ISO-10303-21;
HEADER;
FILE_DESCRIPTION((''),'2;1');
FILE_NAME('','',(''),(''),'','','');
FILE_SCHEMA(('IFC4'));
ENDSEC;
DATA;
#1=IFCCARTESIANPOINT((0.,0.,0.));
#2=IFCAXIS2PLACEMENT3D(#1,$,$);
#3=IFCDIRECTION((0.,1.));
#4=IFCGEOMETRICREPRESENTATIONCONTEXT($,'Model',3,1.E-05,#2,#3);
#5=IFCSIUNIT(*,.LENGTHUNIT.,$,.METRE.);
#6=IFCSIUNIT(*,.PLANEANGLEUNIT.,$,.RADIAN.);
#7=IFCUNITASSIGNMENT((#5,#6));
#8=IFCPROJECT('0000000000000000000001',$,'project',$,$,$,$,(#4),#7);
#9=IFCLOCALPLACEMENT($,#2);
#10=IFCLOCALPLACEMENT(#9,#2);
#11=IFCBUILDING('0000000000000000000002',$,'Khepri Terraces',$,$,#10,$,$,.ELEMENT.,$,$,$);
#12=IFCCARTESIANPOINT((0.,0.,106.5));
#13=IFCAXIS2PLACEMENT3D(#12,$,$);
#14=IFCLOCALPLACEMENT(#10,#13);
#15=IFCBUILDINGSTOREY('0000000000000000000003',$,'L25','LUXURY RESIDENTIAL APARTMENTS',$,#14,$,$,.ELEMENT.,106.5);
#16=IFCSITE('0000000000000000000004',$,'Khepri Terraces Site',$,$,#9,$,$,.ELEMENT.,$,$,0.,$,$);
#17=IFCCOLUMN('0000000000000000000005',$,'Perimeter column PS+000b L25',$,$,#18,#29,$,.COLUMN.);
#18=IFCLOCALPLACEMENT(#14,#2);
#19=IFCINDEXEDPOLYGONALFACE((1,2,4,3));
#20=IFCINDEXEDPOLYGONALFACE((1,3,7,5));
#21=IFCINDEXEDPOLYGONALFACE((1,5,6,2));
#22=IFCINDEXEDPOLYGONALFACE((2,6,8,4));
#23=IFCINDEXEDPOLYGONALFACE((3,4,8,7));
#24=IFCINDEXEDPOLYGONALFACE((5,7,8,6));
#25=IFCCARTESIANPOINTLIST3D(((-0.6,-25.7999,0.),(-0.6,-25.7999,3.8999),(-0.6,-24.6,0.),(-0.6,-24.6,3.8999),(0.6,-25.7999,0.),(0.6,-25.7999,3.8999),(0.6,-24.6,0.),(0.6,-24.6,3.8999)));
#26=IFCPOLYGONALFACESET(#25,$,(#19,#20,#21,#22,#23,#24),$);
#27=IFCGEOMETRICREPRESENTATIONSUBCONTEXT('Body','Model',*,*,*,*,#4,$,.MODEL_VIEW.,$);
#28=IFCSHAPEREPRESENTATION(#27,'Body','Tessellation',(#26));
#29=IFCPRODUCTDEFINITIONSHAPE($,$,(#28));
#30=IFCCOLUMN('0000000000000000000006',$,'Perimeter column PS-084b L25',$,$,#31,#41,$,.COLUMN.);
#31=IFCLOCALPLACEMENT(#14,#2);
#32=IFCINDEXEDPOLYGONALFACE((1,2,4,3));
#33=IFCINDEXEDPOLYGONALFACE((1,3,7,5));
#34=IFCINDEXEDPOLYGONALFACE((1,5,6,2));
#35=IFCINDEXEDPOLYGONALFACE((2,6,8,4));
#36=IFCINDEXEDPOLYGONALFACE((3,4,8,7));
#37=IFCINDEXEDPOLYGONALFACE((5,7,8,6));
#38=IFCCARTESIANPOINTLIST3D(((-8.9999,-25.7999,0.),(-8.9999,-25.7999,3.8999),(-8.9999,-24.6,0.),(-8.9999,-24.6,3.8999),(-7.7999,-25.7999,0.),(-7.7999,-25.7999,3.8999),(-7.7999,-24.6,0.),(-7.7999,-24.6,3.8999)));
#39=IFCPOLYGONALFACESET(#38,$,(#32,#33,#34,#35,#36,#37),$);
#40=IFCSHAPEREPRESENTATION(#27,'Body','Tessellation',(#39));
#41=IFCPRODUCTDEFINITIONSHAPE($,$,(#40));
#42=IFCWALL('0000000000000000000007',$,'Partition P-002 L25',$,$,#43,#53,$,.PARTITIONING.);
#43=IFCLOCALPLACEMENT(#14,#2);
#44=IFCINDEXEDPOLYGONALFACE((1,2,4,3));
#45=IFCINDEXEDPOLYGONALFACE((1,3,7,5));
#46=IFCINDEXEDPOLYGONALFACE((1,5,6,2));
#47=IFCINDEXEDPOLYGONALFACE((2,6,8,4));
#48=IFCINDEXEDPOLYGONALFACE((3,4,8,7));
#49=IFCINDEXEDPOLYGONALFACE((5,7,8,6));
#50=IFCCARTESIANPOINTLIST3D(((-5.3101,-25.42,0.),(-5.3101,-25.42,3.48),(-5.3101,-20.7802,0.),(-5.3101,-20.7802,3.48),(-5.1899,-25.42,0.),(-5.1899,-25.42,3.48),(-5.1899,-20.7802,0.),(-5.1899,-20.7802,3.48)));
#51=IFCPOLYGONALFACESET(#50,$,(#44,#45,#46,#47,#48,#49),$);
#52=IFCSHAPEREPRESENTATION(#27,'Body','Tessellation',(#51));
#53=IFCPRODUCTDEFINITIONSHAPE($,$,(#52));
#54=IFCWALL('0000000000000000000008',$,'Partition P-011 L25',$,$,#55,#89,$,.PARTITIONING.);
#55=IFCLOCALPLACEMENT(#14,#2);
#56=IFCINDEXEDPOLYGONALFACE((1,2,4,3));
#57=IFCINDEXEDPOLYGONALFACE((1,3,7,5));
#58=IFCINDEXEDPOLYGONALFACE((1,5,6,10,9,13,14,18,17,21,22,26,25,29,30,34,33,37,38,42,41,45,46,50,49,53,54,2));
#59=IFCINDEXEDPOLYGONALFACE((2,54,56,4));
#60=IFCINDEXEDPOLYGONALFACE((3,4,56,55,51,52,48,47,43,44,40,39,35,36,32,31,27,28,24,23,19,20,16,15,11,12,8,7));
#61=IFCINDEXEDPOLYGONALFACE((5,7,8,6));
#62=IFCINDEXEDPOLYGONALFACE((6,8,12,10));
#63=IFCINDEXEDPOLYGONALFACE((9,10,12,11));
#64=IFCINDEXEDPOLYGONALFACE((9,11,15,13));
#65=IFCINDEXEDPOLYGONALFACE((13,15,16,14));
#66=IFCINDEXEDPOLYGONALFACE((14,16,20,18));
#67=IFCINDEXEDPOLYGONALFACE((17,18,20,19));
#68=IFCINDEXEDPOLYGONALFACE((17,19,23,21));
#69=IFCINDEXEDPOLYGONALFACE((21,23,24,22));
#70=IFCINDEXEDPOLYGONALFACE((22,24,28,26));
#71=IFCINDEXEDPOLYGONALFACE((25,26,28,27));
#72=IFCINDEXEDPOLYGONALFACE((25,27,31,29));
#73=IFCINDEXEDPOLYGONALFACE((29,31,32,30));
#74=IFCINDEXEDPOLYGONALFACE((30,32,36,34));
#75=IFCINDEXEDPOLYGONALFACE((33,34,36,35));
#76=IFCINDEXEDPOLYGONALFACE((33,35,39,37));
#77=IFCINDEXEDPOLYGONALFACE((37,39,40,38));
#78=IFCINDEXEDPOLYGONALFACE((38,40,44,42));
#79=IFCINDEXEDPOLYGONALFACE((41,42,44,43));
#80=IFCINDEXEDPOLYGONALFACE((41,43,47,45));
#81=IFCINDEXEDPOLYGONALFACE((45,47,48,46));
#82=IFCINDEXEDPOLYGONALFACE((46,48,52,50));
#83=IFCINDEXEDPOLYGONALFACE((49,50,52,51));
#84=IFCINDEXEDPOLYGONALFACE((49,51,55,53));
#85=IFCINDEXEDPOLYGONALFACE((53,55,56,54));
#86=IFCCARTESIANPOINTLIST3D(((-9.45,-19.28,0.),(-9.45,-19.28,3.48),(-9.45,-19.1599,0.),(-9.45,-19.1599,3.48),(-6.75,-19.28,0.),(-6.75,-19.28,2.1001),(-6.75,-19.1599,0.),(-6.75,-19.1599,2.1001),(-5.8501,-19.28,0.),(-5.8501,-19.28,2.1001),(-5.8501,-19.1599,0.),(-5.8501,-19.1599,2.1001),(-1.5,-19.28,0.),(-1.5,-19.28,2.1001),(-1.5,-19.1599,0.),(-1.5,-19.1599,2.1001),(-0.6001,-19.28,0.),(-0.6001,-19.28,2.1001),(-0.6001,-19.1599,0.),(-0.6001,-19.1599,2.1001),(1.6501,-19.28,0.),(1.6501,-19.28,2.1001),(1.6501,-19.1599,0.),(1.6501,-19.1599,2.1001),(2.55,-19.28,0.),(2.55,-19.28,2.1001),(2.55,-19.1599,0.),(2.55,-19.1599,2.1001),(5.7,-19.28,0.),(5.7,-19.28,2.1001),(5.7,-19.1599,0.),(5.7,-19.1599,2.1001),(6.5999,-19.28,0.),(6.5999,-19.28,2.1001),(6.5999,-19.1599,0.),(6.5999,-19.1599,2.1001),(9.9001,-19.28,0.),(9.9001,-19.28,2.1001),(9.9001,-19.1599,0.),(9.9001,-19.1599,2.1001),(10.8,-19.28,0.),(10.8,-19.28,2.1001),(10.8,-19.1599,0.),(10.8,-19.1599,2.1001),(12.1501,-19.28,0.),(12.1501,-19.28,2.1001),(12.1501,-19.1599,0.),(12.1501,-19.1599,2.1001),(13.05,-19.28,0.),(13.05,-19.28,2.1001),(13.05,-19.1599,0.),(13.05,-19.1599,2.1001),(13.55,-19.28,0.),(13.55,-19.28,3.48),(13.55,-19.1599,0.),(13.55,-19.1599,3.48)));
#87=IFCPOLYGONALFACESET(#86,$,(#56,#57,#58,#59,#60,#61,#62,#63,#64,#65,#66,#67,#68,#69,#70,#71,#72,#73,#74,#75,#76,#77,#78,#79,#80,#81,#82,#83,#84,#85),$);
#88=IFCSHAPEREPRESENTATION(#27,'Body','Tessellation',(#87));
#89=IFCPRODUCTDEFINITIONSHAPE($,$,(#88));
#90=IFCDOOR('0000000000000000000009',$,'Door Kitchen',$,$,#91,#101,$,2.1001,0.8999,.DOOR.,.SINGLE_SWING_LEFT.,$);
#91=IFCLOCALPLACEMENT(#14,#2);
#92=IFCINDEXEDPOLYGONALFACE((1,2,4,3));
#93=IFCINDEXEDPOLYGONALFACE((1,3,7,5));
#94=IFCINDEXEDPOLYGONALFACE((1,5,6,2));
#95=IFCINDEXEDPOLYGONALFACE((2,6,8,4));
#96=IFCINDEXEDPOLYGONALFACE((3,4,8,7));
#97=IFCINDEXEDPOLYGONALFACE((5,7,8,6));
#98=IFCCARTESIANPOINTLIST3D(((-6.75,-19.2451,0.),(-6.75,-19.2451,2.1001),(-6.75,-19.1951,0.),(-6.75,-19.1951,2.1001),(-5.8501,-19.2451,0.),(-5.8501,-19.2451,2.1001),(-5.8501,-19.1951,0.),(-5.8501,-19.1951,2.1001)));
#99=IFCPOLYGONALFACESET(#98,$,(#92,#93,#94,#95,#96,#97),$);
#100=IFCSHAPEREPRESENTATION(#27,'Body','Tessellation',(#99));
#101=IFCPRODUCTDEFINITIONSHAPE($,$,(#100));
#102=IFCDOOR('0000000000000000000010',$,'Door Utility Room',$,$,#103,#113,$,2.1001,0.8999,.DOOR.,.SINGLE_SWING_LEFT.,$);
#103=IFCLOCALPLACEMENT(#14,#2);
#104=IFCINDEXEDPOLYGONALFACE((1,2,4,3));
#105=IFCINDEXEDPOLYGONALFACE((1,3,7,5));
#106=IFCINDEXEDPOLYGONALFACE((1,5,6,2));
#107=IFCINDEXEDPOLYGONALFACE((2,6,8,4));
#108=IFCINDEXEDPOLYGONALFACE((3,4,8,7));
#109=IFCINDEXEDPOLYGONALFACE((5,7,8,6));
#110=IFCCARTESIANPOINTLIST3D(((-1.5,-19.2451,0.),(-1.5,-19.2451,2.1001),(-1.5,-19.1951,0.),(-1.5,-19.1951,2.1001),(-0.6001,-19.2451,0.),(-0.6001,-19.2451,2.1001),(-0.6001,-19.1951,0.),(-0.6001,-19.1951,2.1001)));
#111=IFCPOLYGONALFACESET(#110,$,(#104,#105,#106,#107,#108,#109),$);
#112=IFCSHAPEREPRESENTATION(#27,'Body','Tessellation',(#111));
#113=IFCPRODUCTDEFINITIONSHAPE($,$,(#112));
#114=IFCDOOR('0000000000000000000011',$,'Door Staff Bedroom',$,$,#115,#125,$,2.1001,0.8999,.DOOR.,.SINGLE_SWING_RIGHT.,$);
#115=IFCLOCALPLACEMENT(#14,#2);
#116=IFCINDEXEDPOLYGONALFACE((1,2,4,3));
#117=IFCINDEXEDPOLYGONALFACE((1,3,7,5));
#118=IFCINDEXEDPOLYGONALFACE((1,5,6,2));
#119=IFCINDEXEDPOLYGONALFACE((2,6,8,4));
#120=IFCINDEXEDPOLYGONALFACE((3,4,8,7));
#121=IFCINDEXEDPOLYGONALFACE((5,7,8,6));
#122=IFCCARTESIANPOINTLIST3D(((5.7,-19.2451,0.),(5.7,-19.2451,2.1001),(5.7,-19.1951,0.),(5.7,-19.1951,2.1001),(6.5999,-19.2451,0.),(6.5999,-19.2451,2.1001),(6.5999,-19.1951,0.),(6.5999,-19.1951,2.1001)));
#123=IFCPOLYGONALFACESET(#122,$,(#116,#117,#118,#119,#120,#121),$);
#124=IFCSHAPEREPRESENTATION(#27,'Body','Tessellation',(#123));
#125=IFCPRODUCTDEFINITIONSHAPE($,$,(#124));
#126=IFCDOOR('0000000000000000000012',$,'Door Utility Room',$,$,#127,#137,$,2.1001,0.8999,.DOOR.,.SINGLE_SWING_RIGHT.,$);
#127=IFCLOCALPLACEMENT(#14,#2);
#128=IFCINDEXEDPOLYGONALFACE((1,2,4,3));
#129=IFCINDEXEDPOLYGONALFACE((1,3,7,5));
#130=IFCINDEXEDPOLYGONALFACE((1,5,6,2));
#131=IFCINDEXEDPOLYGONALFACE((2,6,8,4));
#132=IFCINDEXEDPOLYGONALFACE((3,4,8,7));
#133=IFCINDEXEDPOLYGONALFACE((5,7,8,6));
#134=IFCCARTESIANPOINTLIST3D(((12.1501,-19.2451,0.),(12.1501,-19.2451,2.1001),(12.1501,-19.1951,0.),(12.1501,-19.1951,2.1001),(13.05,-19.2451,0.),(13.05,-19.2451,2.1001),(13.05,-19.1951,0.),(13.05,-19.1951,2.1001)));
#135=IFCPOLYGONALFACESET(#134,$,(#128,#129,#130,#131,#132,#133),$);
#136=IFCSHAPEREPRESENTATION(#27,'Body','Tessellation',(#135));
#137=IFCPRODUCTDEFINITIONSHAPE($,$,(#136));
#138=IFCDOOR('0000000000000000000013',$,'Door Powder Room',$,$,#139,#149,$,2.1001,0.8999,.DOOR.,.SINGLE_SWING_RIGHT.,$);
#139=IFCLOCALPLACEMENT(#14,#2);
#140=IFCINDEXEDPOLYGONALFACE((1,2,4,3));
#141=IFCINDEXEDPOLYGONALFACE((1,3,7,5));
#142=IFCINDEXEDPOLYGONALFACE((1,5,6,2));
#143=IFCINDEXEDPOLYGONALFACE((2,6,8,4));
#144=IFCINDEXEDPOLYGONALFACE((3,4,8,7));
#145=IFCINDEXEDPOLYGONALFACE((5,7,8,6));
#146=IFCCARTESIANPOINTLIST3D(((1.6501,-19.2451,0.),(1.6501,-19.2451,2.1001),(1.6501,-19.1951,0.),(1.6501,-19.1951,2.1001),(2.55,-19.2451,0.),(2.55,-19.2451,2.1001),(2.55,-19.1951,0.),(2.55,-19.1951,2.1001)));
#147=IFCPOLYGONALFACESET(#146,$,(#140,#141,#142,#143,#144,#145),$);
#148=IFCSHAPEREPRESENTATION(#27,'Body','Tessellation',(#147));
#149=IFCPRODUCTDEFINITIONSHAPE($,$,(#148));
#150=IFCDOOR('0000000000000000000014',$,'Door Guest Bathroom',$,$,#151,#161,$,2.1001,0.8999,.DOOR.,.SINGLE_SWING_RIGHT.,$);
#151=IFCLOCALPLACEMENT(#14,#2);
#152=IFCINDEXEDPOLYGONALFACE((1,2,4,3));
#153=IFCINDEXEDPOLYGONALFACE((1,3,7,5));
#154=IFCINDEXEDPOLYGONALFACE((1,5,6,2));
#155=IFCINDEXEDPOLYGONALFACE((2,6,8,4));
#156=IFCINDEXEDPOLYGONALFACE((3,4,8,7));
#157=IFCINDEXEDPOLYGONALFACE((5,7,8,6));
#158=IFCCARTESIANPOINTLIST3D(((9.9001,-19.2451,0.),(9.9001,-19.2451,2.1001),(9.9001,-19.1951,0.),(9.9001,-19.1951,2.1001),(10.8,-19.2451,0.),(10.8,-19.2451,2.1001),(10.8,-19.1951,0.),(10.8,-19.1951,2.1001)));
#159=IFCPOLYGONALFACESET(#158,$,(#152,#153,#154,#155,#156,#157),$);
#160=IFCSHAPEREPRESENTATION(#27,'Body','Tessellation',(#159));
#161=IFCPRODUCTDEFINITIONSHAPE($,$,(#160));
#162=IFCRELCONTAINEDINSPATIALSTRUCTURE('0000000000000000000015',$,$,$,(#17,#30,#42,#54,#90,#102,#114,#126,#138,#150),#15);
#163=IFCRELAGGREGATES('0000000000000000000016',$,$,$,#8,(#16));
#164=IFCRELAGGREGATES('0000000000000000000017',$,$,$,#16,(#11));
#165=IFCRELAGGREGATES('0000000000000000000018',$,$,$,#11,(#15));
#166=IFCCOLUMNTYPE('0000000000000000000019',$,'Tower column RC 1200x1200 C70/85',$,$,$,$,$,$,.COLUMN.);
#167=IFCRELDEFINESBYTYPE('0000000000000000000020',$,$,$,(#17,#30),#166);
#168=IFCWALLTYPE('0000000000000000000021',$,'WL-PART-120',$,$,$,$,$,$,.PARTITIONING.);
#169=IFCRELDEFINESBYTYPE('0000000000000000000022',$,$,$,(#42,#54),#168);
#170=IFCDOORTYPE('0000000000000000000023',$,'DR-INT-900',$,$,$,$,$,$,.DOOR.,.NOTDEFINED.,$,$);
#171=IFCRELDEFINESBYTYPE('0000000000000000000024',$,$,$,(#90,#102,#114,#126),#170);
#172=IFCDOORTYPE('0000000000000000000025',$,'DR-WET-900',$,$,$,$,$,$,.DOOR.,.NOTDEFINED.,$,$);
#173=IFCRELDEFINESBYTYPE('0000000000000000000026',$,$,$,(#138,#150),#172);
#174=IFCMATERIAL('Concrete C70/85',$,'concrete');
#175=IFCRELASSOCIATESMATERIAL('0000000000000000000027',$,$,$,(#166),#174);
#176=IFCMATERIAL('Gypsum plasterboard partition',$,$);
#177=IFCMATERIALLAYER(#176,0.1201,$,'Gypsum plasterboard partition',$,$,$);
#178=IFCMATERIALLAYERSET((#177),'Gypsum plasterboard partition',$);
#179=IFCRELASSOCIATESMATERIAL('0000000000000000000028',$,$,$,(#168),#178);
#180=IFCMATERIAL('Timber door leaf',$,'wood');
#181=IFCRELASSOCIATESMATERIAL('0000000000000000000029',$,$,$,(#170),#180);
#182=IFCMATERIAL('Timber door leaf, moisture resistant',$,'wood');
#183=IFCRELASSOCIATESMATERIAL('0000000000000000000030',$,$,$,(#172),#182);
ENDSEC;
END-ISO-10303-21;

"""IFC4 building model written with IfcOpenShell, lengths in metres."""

from ifc_helpers import new_model, si_unit, direction, frame, frame_2d, origin, origin_2d, place, context, subcontext, project, spatial, rectangle, extrude, material, layer, layer_set, material_profile, profile_set, type_object, element, fill, save


model = new_model("IFC4")

# Units and contexts
model_context = context("Model", 3, precision=1e-05, world=origin(), true_north=direction((0.0, 1.0)))
body_context = subcontext(model_context, "Body", "Model", "MODEL_VIEW")
ifc_project = project(units=[si_unit("LENGTHUNIT", "METRE"), si_unit("PLANEANGLEUNIT", "RADIAN")], contexts=[model_context])

# Site, building, storey
site_placement = place(None, origin())
site = spatial("IfcSite", under=ifc_project, at=site_placement, Name="Khepri Terraces Site", CompositionType="ELEMENT", RefElevation=0.0)
building_placement = place(site_placement, origin())
building = spatial("IfcBuilding", under=site, at=building_placement, Name="Khepri Terraces", CompositionType="ELEMENT")
storey_placement = place(building_placement, frame((0.0, 0.0, 106.5)))
storey = spatial("IfcBuildingStorey", under=building, at=storey_placement, Name="L25", Description="LUXURY RESIDENTIAL APARTMENTS", CompositionType="ELEMENT", Elevation=106.5)

# Columns
ifc_material_1 = material(Name="Concrete C70/85", Category="concrete")
ifc_material_profile = material_profile(ifc_material_1, rectangle(XDim=1.2, YDim=1.2, at=origin_2d()), Name="Concrete C70/85", Category="concrete")
ifc_profile_set = profile_set([ifc_material_profile], Name="Concrete C70/85")
column_type = type_object("IfcColumnType", Name="Tower column RC 1200x1200 C70/85", PredefinedType="COLUMN", material=ifc_profile_set)
for number, where, z_axis, x_axis, name in (
    (1, (0.0, -25.2, 0.0), (0.0, 0.0, 1.0), (1.0, 0.0, 0.0), "Perimeter column PS+000b L25"),
    (2, (-8.3999, -25.2, 0.0), (0.0, 0.0, 1.0), (1.0, 0.0, 0.0), "Perimeter column PS-084b L25"),
):
    element("IfcColumn", number, at=place(storey_placement, frame(where, z_axis=z_axis, x_axis=x_axis)), inside=storey, type_object=column_type, Name=name, PredefinedType="COLUMN", context=body_context, shape_type="SweptSolid", body=[
        extrude(rectangle(XDim=1.2, YDim=1.2, at=origin_2d()), origin(), (0.0, 0.0, 1.0), 3.8999),
    ])

# Wall
ifc_material_2 = material(Name="Gypsum plasterboard partition")
ifc_layer_1 = layer(ifc_material_2, 0.1201, Name="Gypsum plasterboard partition")
ifc_layer_set_1 = layer_set([ifc_layer_1], Name="Gypsum plasterboard partition")
wall_type_1 = type_object("IfcWallType", Name="WL-PART-120", PredefinedType="PARTITIONING", material=ifc_layer_set_1)
wall_1_placement = place(storey_placement, frame((-5.25, -25.4199, 0.0), z_axis=(0.0, 0.0, 1.0), x_axis=(0.0, 1.0, 0.0)))
element("IfcWall", 3, at=wall_1_placement, inside=storey, type_object=wall_type_1, Name="Partition P-002 L25", PredefinedType="PARTITIONING", context=body_context, shape_type="SweptSolid", body=[
    extrude(rectangle(XDim=4.6399, YDim=0.1201, at=frame_2d((2.3198, 0.0))), origin(), (0.0, 0.0, 1.0), 3.48),
])

# Wall, openings, doors
wall_2_placement = place(storey_placement, frame((-9.45, -19.22, 0.0), z_axis=(0.0, 0.0, 1.0), x_axis=(1.0, 0.0, 0.0)))
wall_2 = element("IfcWall", 4, at=wall_2_placement, inside=storey, type_object=wall_type_1, Name="Partition P-011 L25", PredefinedType="PARTITIONING", context=body_context, shape_type="SweptSolid", body=[
    extrude(rectangle(XDim=23.0, YDim=0.1201, at=frame_2d((11.5, 0.0))), origin(), (0.0, 0.0, 1.0), 3.48),
])
opening_1_placement = place(wall_2_placement, frame((2.7, 0.0, 0.0)))
opening_1 = element("IfcOpeningElement", 5, at=opening_1_placement, cuts=wall_2, PredefinedType="OPENING", context=body_context, shape_type="SweptSolid", body=[
    extrude(rectangle(XDim=0.8999, YDim=2.1001, at=frame_2d((0.45, 1.05))), frame((0.0, 0.0701, 0.0), z_axis=(0.0, -1.0, 0.0), x_axis=(1.0, 0.0, 0.0)), (0.0, 0.0, 1.0), 0.1401),
])
opening_2_placement = place(wall_2_placement, frame((7.95, 0.0, 0.0)))
opening_2 = element("IfcOpeningElement", 6, at=opening_2_placement, cuts=wall_2, PredefinedType="OPENING", context=body_context, shape_type="SweptSolid", body=[
    extrude(rectangle(XDim=0.8999, YDim=2.1001, at=frame_2d((0.45, 1.05))), frame((0.0, 0.0701, 0.0), z_axis=(0.0, -1.0, 0.0), x_axis=(1.0, 0.0, 0.0)), (0.0, 0.0, 1.0), 0.1401),
])
opening_3_placement = place(wall_2_placement, frame((11.1001, 0.0, 0.0)))
opening_3 = element("IfcOpeningElement", 7, at=opening_3_placement, cuts=wall_2, PredefinedType="OPENING", context=body_context, shape_type="SweptSolid", body=[
    extrude(rectangle(XDim=0.8999, YDim=2.1001, at=frame_2d((0.45, 1.05))), frame((0.0, 0.0701, 0.0), z_axis=(0.0, -1.0, 0.0), x_axis=(1.0, 0.0, 0.0)), (0.0, 0.0, 1.0), 0.1401),
])
opening_4_placement = place(wall_2_placement, frame((15.1499, 0.0, 0.0)))
opening_4 = element("IfcOpeningElement", 8, at=opening_4_placement, cuts=wall_2, PredefinedType="OPENING", context=body_context, shape_type="SweptSolid", body=[
    extrude(rectangle(XDim=0.8999, YDim=2.1001, at=frame_2d((0.45, 1.05))), frame((0.0, 0.0701, 0.0), z_axis=(0.0, -1.0, 0.0), x_axis=(1.0, 0.0, 0.0)), (0.0, 0.0, 1.0), 0.1401),
])
opening_5_placement = place(wall_2_placement, frame((19.3501, 0.0, 0.0)))
opening_5 = element("IfcOpeningElement", 9, at=opening_5_placement, cuts=wall_2, PredefinedType="OPENING", context=body_context, shape_type="SweptSolid", body=[
    extrude(rectangle(XDim=0.8999, YDim=2.1001, at=frame_2d((0.45, 1.05))), frame((0.0, 0.0701, 0.0), z_axis=(0.0, -1.0, 0.0), x_axis=(1.0, 0.0, 0.0)), (0.0, 0.0, 1.0), 0.1401),
])
opening_6_placement = place(wall_2_placement, frame((21.6001, 0.0, 0.0)))
opening_6 = element("IfcOpeningElement", 10, at=opening_6_placement, cuts=wall_2, PredefinedType="OPENING", context=body_context, shape_type="SweptSolid", body=[
    extrude(rectangle(XDim=0.8999, YDim=2.1001, at=frame_2d((0.45, 1.05))), frame((0.0, 0.0701, 0.0), z_axis=(0.0, -1.0, 0.0), x_axis=(1.0, 0.0, 0.0)), (0.0, 0.0, 1.0), 0.1401),
])
ifc_material_3 = material(Name="Timber door leaf", Category="wood")
door_type_1 = type_object("IfcDoorType", Name="DR-INT-900", OperationType="NOTDEFINED", PredefinedType="DOOR", material=ifc_material_3)
door_1_placement = place(opening_1_placement, origin())
door_1 = element("IfcDoor", 11, at=door_1_placement, inside=storey, type_object=door_type_1, Name="Door Kitchen", OperationType="SINGLE_SWING_LEFT", OverallHeight=2.1001, OverallWidth=0.8999, PredefinedType="DOOR", context=body_context, shape_type="SweptSolid", body=[
    extrude(rectangle(XDim=0.8999, YDim=2.1001, at=frame_2d((0.45, 1.05))), frame((0.0, 0.0249, 0.0), z_axis=(0.0, -1.0, 0.0), x_axis=(1.0, 0.0, 0.0)), (0.0, 0.0, 1.0), 0.05),
])
fill(opening_1, door_1)
door_2_placement = place(opening_2_placement, origin())
door_2 = element("IfcDoor", 12, at=door_2_placement, inside=storey, type_object=door_type_1, Name="Door Utility Room", OperationType="SINGLE_SWING_LEFT", OverallHeight=2.1001, OverallWidth=0.8999, PredefinedType="DOOR", context=body_context, shape_type="SweptSolid", body=[
    extrude(rectangle(XDim=0.8999, YDim=2.1001, at=frame_2d((0.45, 1.05))), frame((0.0, 0.0249, 0.0), z_axis=(0.0, -1.0, 0.0), x_axis=(1.0, 0.0, 0.0)), (0.0, 0.0, 1.0), 0.05),
])
fill(opening_2, door_2)
door_3_placement = place(opening_4_placement, origin())
door_3 = element("IfcDoor", 13, at=door_3_placement, inside=storey, type_object=door_type_1, Name="Door Staff Bedroom", OperationType="SINGLE_SWING_RIGHT", OverallHeight=2.1001, OverallWidth=0.8999, PredefinedType="DOOR", context=body_context, shape_type="SweptSolid", body=[
    extrude(rectangle(XDim=0.8999, YDim=2.1001, at=frame_2d((0.45, 1.05))), frame((0.0, 0.0249, 0.0), z_axis=(0.0, -1.0, 0.0), x_axis=(1.0, 0.0, 0.0)), (0.0, 0.0, 1.0), 0.05),
])
fill(opening_4, door_3)
door_4_placement = place(opening_6_placement, origin())
door_4 = element("IfcDoor", 14, at=door_4_placement, inside=storey, type_object=door_type_1, Name="Door Utility Room", OperationType="SINGLE_SWING_RIGHT", OverallHeight=2.1001, OverallWidth=0.8999, PredefinedType="DOOR", context=body_context, shape_type="SweptSolid", body=[
    extrude(rectangle(XDim=0.8999, YDim=2.1001, at=frame_2d((0.45, 1.05))), frame((0.0, 0.0249, 0.0), z_axis=(0.0, -1.0, 0.0), x_axis=(1.0, 0.0, 0.0)), (0.0, 0.0, 1.0), 0.05),
])
fill(opening_6, door_4)
ifc_material_4 = material(Name="Timber door leaf, moisture resistant", Category="wood")
door_type_2 = type_object("IfcDoorType", Name="DR-WET-900", OperationType="NOTDEFINED", PredefinedType="DOOR", material=ifc_material_4)
door_5_placement = place(opening_3_placement, origin())
door_5 = element("IfcDoor", 15, at=door_5_placement, inside=storey, type_object=door_type_2, Name="Door Powder Room", OperationType="SINGLE_SWING_RIGHT", OverallHeight=2.1001, OverallWidth=0.8999, PredefinedType="DOOR", context=body_context, shape_type="SweptSolid", body=[
    extrude(rectangle(XDim=0.8999, YDim=2.1001, at=frame_2d((0.45, 1.05))), frame((0.0, 0.0249, 0.0), z_axis=(0.0, -1.0, 0.0), x_axis=(1.0, 0.0, 0.0)), (0.0, 0.0, 1.0), 0.05),
])
fill(opening_3, door_5)
door_6_placement = place(opening_5_placement, origin())
door_6 = element("IfcDoor", 16, at=door_6_placement, inside=storey, type_object=door_type_2, Name="Door Guest Bathroom", OperationType="SINGLE_SWING_RIGHT", OverallHeight=2.1001, OverallWidth=0.8999, PredefinedType="DOOR", context=body_context, shape_type="SweptSolid", body=[
    extrude(rectangle(XDim=0.8999, YDim=2.1001, at=frame_2d((0.45, 1.05))), frame((0.0, 0.0249, 0.0), z_axis=(0.0, -1.0, 0.0), x_axis=(1.0, 0.0, 0.0)), (0.0, 0.0, 1.0), 0.05),
])
fill(opening_5, door_6)

save(model, "model.ifc")
